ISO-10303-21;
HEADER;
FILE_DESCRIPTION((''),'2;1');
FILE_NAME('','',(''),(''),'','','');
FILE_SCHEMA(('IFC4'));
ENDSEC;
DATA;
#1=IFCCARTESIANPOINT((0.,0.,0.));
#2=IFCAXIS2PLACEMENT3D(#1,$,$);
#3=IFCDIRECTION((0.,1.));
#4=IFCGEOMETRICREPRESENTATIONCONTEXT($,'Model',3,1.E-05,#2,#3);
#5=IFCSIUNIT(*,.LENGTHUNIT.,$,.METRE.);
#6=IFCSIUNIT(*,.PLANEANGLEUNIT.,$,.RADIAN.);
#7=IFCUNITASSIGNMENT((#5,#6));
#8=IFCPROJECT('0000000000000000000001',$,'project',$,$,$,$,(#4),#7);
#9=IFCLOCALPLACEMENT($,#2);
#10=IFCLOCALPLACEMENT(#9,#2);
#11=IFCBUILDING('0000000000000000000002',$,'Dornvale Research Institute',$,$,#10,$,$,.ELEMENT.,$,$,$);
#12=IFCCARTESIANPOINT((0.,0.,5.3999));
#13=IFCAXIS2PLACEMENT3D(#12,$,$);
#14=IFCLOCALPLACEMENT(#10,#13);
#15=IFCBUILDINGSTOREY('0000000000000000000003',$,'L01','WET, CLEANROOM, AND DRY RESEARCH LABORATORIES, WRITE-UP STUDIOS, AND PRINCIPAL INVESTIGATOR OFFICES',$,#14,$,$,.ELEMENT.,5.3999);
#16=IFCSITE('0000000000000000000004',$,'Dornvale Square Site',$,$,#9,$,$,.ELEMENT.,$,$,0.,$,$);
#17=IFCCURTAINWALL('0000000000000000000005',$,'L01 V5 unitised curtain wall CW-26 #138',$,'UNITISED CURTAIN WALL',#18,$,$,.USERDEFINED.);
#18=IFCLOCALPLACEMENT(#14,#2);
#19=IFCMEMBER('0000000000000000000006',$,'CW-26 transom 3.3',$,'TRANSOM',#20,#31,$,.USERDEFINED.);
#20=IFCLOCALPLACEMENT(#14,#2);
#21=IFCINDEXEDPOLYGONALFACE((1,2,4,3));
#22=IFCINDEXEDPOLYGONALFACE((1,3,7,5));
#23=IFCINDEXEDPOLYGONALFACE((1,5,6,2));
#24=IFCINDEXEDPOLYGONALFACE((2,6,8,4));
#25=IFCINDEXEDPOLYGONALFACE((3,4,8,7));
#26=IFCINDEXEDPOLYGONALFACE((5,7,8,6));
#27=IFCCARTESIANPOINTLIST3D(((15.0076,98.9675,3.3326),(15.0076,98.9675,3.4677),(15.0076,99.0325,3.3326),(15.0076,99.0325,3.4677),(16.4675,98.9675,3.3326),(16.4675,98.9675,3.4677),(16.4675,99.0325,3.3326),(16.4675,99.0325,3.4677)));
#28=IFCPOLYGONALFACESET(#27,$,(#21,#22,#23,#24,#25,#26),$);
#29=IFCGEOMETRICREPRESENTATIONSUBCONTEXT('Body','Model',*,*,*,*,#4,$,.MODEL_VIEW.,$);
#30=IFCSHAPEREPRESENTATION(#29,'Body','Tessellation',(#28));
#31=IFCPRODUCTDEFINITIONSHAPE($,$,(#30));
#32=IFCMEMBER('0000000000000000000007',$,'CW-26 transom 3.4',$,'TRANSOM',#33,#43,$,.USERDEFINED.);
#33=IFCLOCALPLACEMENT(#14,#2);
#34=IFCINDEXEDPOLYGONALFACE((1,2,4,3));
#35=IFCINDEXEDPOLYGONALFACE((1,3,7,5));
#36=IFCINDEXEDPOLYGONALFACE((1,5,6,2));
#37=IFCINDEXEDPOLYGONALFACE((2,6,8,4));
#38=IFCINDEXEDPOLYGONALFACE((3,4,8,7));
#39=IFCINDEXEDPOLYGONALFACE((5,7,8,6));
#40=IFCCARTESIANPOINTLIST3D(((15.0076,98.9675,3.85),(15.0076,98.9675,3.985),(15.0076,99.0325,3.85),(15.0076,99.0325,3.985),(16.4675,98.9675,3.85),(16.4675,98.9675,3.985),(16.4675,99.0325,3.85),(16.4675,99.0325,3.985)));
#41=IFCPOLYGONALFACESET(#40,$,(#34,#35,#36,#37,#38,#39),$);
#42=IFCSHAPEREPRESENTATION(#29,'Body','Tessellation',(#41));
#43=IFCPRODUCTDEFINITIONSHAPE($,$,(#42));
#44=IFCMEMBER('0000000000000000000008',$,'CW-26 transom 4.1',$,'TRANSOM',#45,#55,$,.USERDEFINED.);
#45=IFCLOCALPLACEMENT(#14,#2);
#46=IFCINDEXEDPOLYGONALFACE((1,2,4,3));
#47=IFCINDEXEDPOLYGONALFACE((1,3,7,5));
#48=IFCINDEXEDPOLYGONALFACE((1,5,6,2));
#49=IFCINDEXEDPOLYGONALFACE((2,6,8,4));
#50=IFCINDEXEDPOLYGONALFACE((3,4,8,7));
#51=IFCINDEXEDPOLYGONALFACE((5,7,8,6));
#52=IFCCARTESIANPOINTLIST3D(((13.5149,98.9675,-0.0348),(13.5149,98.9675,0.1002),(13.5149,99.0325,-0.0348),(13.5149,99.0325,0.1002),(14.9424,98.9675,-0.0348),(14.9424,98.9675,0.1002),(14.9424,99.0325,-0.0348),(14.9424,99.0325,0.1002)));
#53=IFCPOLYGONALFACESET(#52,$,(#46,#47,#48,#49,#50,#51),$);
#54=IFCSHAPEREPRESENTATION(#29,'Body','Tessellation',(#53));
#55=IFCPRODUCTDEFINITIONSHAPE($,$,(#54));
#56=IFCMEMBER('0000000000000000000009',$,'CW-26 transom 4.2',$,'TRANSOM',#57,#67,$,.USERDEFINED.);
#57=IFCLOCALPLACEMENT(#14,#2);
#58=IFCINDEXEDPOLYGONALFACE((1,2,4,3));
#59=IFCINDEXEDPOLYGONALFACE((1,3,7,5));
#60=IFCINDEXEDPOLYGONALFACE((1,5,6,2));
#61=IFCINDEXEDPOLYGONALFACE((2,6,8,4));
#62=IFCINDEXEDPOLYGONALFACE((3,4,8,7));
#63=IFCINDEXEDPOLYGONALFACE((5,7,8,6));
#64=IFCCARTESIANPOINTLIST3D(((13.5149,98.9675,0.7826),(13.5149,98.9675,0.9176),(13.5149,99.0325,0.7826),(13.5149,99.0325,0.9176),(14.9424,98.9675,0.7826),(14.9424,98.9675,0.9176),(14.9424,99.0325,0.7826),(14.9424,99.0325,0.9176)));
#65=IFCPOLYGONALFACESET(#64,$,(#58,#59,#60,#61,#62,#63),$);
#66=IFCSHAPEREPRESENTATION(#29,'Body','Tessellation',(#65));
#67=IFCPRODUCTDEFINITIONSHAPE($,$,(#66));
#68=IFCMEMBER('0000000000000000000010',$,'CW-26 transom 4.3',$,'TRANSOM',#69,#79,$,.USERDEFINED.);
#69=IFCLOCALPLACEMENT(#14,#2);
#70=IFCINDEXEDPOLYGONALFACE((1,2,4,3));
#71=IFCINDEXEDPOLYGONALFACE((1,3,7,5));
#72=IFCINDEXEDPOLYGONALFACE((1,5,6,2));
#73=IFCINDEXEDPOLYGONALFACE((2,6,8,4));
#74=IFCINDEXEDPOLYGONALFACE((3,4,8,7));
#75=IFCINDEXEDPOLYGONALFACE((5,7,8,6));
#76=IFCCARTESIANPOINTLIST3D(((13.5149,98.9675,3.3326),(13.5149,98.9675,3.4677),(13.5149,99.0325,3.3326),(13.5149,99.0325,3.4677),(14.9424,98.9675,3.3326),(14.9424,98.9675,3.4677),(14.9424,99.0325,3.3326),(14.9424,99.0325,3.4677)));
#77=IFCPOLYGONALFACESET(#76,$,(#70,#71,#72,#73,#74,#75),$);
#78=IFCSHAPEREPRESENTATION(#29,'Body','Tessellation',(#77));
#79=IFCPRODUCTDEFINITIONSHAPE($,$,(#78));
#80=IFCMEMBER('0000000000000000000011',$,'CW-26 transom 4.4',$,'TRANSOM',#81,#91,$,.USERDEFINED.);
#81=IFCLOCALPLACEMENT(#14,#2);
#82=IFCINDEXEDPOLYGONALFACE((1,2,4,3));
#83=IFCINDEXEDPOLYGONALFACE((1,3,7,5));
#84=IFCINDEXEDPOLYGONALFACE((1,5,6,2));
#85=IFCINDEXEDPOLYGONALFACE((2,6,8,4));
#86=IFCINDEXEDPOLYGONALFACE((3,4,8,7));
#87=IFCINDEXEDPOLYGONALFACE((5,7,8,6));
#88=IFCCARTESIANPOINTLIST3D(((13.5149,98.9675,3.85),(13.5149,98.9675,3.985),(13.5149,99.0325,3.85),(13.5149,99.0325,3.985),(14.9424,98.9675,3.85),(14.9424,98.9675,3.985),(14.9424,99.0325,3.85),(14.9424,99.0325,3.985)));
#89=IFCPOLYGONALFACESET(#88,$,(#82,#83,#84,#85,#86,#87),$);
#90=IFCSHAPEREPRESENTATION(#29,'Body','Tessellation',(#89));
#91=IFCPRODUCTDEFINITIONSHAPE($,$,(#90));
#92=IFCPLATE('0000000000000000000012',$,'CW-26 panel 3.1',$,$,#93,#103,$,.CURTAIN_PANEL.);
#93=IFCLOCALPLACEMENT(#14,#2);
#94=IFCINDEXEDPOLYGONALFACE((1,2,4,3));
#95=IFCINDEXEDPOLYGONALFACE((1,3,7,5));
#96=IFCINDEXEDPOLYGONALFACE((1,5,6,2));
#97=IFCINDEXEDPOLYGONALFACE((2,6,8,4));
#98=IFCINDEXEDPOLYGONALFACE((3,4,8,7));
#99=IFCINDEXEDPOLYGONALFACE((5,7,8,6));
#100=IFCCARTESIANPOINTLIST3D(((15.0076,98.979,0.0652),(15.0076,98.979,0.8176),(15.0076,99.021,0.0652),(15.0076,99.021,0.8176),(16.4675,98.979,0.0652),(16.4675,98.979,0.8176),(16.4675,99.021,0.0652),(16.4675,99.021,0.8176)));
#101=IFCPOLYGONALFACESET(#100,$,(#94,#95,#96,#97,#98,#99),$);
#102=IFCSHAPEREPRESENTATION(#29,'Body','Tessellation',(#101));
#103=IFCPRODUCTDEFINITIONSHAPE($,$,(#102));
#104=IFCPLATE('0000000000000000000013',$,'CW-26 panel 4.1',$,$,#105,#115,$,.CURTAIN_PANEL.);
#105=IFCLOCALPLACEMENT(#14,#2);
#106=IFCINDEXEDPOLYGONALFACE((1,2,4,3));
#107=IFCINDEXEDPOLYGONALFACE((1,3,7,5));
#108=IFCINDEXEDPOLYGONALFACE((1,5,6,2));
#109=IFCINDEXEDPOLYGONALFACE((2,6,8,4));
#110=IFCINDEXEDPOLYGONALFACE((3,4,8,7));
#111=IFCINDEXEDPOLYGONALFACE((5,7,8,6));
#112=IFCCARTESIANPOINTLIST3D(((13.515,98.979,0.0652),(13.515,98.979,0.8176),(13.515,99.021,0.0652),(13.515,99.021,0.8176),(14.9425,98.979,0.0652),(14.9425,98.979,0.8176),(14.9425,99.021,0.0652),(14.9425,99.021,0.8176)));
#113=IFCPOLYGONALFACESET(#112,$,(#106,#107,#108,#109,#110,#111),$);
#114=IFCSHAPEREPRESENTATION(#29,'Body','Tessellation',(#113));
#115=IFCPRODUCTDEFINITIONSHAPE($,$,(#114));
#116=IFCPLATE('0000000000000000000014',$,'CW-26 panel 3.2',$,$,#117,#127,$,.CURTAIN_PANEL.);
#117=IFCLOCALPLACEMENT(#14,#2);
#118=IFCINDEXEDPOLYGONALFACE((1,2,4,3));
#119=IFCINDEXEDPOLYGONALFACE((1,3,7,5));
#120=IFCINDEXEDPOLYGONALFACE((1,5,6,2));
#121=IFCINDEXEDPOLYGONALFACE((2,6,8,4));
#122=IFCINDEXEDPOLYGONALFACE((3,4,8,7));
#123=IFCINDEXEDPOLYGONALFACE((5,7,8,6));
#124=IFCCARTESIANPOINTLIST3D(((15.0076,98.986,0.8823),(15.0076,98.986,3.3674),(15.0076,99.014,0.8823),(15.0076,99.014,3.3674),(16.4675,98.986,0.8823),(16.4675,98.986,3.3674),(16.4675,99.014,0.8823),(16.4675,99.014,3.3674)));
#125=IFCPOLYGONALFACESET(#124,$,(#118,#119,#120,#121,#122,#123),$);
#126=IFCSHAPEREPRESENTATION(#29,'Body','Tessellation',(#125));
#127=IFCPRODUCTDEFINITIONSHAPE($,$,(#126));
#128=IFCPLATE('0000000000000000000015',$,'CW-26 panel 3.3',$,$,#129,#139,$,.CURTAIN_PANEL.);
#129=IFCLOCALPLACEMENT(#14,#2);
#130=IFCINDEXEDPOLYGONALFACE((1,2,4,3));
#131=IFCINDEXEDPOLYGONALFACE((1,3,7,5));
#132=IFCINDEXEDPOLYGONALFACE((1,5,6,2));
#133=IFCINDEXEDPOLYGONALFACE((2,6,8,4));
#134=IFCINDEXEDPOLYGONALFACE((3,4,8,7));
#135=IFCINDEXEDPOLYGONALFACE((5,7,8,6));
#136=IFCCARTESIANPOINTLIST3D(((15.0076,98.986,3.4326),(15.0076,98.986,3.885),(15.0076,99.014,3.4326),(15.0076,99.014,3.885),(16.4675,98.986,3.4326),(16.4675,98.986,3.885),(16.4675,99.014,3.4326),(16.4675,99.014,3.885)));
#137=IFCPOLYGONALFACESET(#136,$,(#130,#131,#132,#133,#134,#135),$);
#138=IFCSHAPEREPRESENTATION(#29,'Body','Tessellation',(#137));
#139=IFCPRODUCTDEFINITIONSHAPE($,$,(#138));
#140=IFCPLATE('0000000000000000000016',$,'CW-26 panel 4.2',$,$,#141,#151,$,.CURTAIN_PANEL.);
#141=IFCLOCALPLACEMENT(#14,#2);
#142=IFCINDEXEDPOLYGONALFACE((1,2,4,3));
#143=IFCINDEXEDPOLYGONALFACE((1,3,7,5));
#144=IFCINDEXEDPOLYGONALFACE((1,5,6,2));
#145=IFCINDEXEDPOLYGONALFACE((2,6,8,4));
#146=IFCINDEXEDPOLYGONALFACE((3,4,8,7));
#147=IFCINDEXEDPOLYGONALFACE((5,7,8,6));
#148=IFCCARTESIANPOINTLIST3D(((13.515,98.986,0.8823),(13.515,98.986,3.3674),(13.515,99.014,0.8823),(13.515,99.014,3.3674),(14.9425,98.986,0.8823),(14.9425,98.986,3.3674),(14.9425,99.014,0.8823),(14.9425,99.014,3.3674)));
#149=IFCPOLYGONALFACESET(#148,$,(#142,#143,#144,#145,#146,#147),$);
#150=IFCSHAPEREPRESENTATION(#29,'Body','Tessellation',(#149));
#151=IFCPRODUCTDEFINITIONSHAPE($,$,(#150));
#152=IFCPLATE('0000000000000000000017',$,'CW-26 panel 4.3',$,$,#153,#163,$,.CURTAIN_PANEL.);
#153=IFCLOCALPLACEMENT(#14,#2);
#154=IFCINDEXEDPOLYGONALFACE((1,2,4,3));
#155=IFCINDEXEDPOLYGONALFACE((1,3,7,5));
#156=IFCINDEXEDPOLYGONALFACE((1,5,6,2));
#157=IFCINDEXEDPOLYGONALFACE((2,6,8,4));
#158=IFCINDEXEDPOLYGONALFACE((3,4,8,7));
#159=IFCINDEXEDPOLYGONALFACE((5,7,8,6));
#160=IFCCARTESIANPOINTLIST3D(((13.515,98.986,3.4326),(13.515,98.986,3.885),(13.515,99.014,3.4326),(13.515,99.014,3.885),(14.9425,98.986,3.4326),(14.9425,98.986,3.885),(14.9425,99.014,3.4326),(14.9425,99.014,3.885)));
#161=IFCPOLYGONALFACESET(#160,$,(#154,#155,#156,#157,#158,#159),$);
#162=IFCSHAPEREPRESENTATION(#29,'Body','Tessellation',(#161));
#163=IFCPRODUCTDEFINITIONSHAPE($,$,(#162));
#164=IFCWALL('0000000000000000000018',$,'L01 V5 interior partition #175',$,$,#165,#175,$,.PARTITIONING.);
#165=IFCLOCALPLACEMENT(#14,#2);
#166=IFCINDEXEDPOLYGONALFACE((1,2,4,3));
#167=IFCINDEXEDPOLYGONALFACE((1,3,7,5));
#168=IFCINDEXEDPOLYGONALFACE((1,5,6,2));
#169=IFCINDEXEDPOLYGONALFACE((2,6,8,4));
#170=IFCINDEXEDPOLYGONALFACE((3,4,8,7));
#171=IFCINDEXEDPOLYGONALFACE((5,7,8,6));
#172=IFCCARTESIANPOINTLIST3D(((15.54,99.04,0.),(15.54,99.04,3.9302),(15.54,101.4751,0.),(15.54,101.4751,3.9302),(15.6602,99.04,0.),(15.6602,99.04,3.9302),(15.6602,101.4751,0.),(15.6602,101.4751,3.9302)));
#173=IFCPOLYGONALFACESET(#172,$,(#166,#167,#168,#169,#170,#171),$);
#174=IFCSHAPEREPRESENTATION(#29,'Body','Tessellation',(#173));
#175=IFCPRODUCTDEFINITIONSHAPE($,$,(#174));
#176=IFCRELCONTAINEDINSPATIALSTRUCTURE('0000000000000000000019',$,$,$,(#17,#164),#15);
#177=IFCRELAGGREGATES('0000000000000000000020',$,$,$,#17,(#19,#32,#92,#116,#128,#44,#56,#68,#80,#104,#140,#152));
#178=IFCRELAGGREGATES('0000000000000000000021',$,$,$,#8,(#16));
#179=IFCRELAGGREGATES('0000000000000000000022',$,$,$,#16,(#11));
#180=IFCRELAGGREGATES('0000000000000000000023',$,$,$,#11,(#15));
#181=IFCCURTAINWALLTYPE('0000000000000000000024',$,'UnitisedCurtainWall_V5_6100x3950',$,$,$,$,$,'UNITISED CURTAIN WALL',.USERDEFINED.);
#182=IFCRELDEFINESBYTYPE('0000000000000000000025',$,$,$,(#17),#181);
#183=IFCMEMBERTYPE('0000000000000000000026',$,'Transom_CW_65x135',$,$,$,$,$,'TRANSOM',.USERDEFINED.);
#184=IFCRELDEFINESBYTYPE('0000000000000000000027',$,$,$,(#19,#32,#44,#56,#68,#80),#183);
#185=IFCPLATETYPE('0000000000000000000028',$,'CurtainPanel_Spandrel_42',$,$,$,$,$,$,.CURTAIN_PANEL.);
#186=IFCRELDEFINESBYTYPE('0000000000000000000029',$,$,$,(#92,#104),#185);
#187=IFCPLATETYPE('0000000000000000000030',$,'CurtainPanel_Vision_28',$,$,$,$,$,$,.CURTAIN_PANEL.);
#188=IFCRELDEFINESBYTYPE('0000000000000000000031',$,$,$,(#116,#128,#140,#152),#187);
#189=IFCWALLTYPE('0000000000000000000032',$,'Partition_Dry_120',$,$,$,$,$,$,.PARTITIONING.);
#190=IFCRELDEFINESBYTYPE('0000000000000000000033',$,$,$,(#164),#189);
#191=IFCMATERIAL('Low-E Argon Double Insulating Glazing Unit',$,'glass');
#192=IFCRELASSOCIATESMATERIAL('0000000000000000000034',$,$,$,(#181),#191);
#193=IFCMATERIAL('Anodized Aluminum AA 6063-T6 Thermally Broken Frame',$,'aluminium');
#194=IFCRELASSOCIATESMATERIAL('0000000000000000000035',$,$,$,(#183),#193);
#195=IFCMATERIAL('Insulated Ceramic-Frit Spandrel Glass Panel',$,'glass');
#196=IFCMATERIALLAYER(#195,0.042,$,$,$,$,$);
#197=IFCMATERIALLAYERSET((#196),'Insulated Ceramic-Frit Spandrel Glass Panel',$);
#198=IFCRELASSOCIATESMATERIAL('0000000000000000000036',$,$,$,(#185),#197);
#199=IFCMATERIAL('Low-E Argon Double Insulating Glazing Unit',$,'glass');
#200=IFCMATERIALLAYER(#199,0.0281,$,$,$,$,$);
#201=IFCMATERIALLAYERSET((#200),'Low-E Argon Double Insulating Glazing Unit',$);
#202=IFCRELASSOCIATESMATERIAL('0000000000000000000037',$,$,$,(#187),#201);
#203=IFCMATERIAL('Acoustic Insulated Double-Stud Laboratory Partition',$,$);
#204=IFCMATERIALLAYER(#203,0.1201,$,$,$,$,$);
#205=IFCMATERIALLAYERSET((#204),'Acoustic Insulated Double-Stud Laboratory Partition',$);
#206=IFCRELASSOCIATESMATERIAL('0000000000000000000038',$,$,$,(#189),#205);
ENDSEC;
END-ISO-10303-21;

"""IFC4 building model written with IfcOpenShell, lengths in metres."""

from ifc_helpers import new_model, si_unit, direction, frame, frame_2d, origin, origin_2d, place, context, subcontext, project, spatial, rectangle, extrude, material, layer, layer_set, material_profile, profile_set, type_object, element, aggregate, save


model = new_model("IFC4")

# Units and contexts
model_context = context("Model", 3, precision=1e-05, world=origin(), true_north=direction((0.0, 1.0)))
body_context = subcontext(model_context, "Body", "Model", "MODEL_VIEW")
ifc_project = project(units=[si_unit("LENGTHUNIT", "METRE"), si_unit("PLANEANGLEUNIT", "RADIAN")], contexts=[model_context])

# Site, building, storey
site_placement = place(None, origin())
site = spatial("IfcSite", under=ifc_project, at=site_placement, Name="Dornvale Square Site", CompositionType="ELEMENT", RefElevation=0.0)
building_placement = place(site_placement, origin())
building = spatial("IfcBuilding", under=site, at=building_placement, Name="Dornvale Research Institute", CompositionType="ELEMENT")
storey_placement = place(building_placement, frame((0.0, 0.0, 5.3999)))
storey = spatial("IfcBuildingStorey", under=building, at=storey_placement, Name="L01", Description="WET, CLEANROOM, AND DRY RESEARCH LABORATORIES, WRITE-UP STUDIOS, AND PRINCIPAL INVESTIGATOR OFFICES", CompositionType="ELEMENT", Elevation=5.3999)

# Curtain wall
ifc_material_1 = material(Name="Low-E Argon Double Insulating Glazing Unit", Category="glass")
curtain_wall_type = type_object("IfcCurtainWallType", Name="UnitisedCurtainWall_V5_6100x3950", ElementType="UNITISED CURTAIN WALL", PredefinedType="USERDEFINED", material=ifc_material_1)
curtain_wall_placement = place(storey_placement, origin())
curtain_wall = element("IfcCurtainWall", 1, at=curtain_wall_placement, inside=storey, type_object=curtain_wall_type, Name="L01 V5 unitised curtain wall CW-26 #138", ObjectType="UNITISED CURTAIN WALL", PredefinedType="USERDEFINED")

# Members
ifc_material_2 = material(Name="Anodized Aluminum AA 6063-T6 Thermally Broken Frame", Category="aluminium")
ifc_material_profile_1 = material_profile(ifc_material_2, rectangle(XDim=0.0649, YDim=0.135, at=origin_2d()), Name="ALU TRANSOM 65x135")
ifc_profile_set_1 = profile_set([ifc_material_profile_1], Name="Anodized Aluminum AA 6063-T6 Thermally Broken Frame")
member_type_1 = type_object("IfcMemberType", Name="Transom_CW_65x135", ElementType="TRANSOM", PredefinedType="USERDEFINED", material=ifc_profile_set_1)
member_1_placement = place(storey_placement, frame((16.4675, 99.0, 3.4001), z_axis=(-1.0, 0.0, 0.0), x_axis=(0.0, -1.0, 0.0)))
member_1 = element("IfcMember", 2, at=member_1_placement, type_object=member_type_1, Name="CW-26 transom 3.3", ObjectType="TRANSOM", PredefinedType="USERDEFINED", context=body_context, shape_type="SweptSolid", body=[
    extrude(rectangle(XDim=0.0649, YDim=0.135, at=origin_2d()), origin(), (0.0, 0.0, 1.0), 1.46),
])
member_2_placement = place(storey_placement, frame((16.4675, 99.0, 3.9175), z_axis=(-1.0, 0.0, 0.0), x_axis=(0.0, -1.0, 0.0)))
member_2 = element("IfcMember", 3, at=member_2_placement, type_object=member_type_1, Name="CW-26 transom 3.4", ObjectType="TRANSOM", PredefinedType="USERDEFINED", context=body_context, shape_type="SweptSolid", body=[
    extrude(rectangle(XDim=0.0649, YDim=0.135, at=origin_2d()), origin(), (0.0, 0.0, 1.0), 1.46),
])
member_3_placement = place(storey_placement, frame((14.9424, 99.0, 0.0327), z_axis=(-1.0, 0.0, 0.0), x_axis=(0.0, -1.0, 0.0)))
member_3 = element("IfcMember", 4, at=member_3_placement, type_object=member_type_1, Name="CW-26 transom 4.1", ObjectType="TRANSOM", PredefinedType="USERDEFINED", context=body_context, shape_type="SweptSolid", body=[
    extrude(rectangle(XDim=0.0649, YDim=0.135, at=origin_2d()), origin(), (0.0, 0.0, 1.0), 1.4275),
])
member_4_placement = place(storey_placement, frame((14.9424, 99.0, 0.8501), z_axis=(-1.0, 0.0, 0.0), x_axis=(0.0, -1.0, 0.0)))
member_4 = element("IfcMember", 5, at=member_4_placement, type_object=member_type_1, Name="CW-26 transom 4.2", ObjectType="TRANSOM", PredefinedType="USERDEFINED", context=body_context, shape_type="SweptSolid", body=[
    extrude(rectangle(XDim=0.0649, YDim=0.135, at=origin_2d()), origin(), (0.0, 0.0, 1.0), 1.4275),
])
member_5_placement = place(storey_placement, frame((14.9424, 99.0, 3.4001), z_axis=(-1.0, 0.0, 0.0), x_axis=(0.0, -1.0, 0.0)))
member_5 = element("IfcMember", 6, at=member_5_placement, type_object=member_type_1, Name="CW-26 transom 4.3", ObjectType="TRANSOM", PredefinedType="USERDEFINED", context=body_context, shape_type="SweptSolid", body=[
    extrude(rectangle(XDim=0.0649, YDim=0.135, at=origin_2d()), origin(), (0.0, 0.0, 1.0), 1.4275),
])
member_6_placement = place(storey_placement, frame((14.9424, 99.0, 3.9175), z_axis=(-1.0, 0.0, 0.0), x_axis=(0.0, -1.0, 0.0)))
member_6 = element("IfcMember", 7, at=member_6_placement, type_object=member_type_1, Name="CW-26 transom 4.4", ObjectType="TRANSOM", PredefinedType="USERDEFINED", context=body_context, shape_type="SweptSolid", body=[
    extrude(rectangle(XDim=0.0649, YDim=0.135, at=origin_2d()), origin(), (0.0, 0.0, 1.0), 1.4275),
])

# Plates
ifc_material_3 = material(Name="Insulated Ceramic-Frit Spandrel Glass Panel", Category="glass")
ifc_layer_1 = layer(ifc_material_3, 0.042)
ifc_layer_set_1 = layer_set([ifc_layer_1], Name="Insulated Ceramic-Frit Spandrel Glass Panel")
plate_type_1 = type_object("IfcPlateType", Name="CurtainPanel_Spandrel_42", PredefinedType="CURTAIN_PANEL", material=ifc_layer_set_1)
plate_1_placement = place(storey_placement, frame((15.7375, 99.0, 0.0652), z_axis=(0.0, 0.0, 1.0), x_axis=(-1.0, 0.0, 0.0)))
plate_1 = element("IfcPlate", 8, at=plate_1_placement, type_object=plate_type_1, Name="CW-26 panel 3.1", PredefinedType="CURTAIN_PANEL", context=body_context, shape_type="SweptSolid", body=[
    extrude(rectangle(XDim=1.46, YDim=0.042, at=origin_2d()), origin(), (0.0, 0.0, 1.0), 0.7524),
])
plate_2_placement = place(storey_placement, frame((14.2288, 99.0, 0.0652), z_axis=(0.0, 0.0, 1.0), x_axis=(-1.0, 0.0, 0.0)))
plate_2 = element("IfcPlate", 9, at=plate_2_placement, type_object=plate_type_1, Name="CW-26 panel 4.1", PredefinedType="CURTAIN_PANEL", context=body_context, shape_type="SweptSolid", body=[
    extrude(rectangle(XDim=1.4275, YDim=0.042, at=origin_2d()), origin(), (0.0, 0.0, 1.0), 0.7524),
])
ifc_material_4 = material(Name="Low-E Argon Double Insulating Glazing Unit", Category="glass")
ifc_layer_2 = layer(ifc_material_4, 0.0281)
ifc_layer_set_2 = layer_set([ifc_layer_2], Name="Low-E Argon Double Insulating Glazing Unit")
plate_type_2 = type_object("IfcPlateType", Name="CurtainPanel_Vision_28", PredefinedType="CURTAIN_PANEL", material=ifc_layer_set_2)
plate_3_placement = place(storey_placement, frame((15.7375, 99.0, 0.8823), z_axis=(0.0, 0.0, 1.0), x_axis=(-1.0, 0.0, 0.0)))
plate_3 = element("IfcPlate", 10, at=plate_3_placement, type_object=plate_type_2, Name="CW-26 panel 3.2", PredefinedType="CURTAIN_PANEL", context=body_context, shape_type="SweptSolid", body=[
    extrude(rectangle(XDim=1.46, YDim=0.0281, at=origin_2d()), origin(), (0.0, 0.0, 1.0), 2.4851),
])
plate_4_placement = place(storey_placement, frame((15.7375, 99.0, 3.4326), z_axis=(0.0, 0.0, 1.0), x_axis=(-1.0, 0.0, 0.0)))
plate_4 = element("IfcPlate", 11, at=plate_4_placement, type_object=plate_type_2, Name="CW-26 panel 3.3", PredefinedType="CURTAIN_PANEL", context=body_context, shape_type="SweptSolid", body=[
    extrude(rectangle(XDim=1.46, YDim=0.0281, at=origin_2d()), origin(), (0.0, 0.0, 1.0), 0.4524),
])
plate_5_placement = place(storey_placement, frame((14.2288, 99.0, 0.8823), z_axis=(0.0, 0.0, 1.0), x_axis=(-1.0, 0.0, 0.0)))
plate_5 = element("IfcPlate", 12, at=plate_5_placement, type_object=plate_type_2, Name="CW-26 panel 4.2", PredefinedType="CURTAIN_PANEL", context=body_context, shape_type="SweptSolid", body=[
    extrude(rectangle(XDim=1.4275, YDim=0.0281, at=origin_2d()), origin(), (0.0, 0.0, 1.0), 2.4851),
])
plate_6_placement = place(storey_placement, frame((14.2288, 99.0, 3.4326), z_axis=(0.0, 0.0, 1.0), x_axis=(-1.0, 0.0, 0.0)))
plate_6 = element("IfcPlate", 13, at=plate_6_placement, type_object=plate_type_2, Name="CW-26 panel 4.3", PredefinedType="CURTAIN_PANEL", context=body_context, shape_type="SweptSolid", body=[
    extrude(rectangle(XDim=1.4275, YDim=0.0281, at=origin_2d()), origin(), (0.0, 0.0, 1.0), 0.4524),
])
aggregate(curtain_wall, [member_1, member_2, plate_1, plate_3, plate_4, member_3, member_4, member_5, member_6, plate_2, plate_5, plate_6])

# Wall
ifc_material_5 = material(Name="Acoustic Insulated Double-Stud Laboratory Partition")
ifc_layer_3 = layer(ifc_material_5, 0.1201)
ifc_layer_set_3 = layer_set([ifc_layer_3], Name="Acoustic Insulated Double-Stud Laboratory Partition")
wall_type_1 = type_object("IfcWallType", Name="Partition_Dry_120", PredefinedType="PARTITIONING", material=ifc_layer_set_3)
wall_1_placement = place(storey_placement, frame((15.6001, 99.04, 0.0), z_axis=(0.0, 0.0, 1.0), x_axis=(0.0, 1.0, 0.0)))
element("IfcWall", 14, at=wall_1_placement, inside=storey, type_object=wall_type_1, Name="L01 V5 interior partition #175", PredefinedType="PARTITIONING", context=body_context, shape_type="SweptSolid", body=[
    extrude(rectangle(XDim=2.4351, YDim=0.1201, at=frame_2d((1.2175, 0.0))), origin(), (0.0, 0.0, 1.0), 3.9302),
])

save(model, "model.ifc")
